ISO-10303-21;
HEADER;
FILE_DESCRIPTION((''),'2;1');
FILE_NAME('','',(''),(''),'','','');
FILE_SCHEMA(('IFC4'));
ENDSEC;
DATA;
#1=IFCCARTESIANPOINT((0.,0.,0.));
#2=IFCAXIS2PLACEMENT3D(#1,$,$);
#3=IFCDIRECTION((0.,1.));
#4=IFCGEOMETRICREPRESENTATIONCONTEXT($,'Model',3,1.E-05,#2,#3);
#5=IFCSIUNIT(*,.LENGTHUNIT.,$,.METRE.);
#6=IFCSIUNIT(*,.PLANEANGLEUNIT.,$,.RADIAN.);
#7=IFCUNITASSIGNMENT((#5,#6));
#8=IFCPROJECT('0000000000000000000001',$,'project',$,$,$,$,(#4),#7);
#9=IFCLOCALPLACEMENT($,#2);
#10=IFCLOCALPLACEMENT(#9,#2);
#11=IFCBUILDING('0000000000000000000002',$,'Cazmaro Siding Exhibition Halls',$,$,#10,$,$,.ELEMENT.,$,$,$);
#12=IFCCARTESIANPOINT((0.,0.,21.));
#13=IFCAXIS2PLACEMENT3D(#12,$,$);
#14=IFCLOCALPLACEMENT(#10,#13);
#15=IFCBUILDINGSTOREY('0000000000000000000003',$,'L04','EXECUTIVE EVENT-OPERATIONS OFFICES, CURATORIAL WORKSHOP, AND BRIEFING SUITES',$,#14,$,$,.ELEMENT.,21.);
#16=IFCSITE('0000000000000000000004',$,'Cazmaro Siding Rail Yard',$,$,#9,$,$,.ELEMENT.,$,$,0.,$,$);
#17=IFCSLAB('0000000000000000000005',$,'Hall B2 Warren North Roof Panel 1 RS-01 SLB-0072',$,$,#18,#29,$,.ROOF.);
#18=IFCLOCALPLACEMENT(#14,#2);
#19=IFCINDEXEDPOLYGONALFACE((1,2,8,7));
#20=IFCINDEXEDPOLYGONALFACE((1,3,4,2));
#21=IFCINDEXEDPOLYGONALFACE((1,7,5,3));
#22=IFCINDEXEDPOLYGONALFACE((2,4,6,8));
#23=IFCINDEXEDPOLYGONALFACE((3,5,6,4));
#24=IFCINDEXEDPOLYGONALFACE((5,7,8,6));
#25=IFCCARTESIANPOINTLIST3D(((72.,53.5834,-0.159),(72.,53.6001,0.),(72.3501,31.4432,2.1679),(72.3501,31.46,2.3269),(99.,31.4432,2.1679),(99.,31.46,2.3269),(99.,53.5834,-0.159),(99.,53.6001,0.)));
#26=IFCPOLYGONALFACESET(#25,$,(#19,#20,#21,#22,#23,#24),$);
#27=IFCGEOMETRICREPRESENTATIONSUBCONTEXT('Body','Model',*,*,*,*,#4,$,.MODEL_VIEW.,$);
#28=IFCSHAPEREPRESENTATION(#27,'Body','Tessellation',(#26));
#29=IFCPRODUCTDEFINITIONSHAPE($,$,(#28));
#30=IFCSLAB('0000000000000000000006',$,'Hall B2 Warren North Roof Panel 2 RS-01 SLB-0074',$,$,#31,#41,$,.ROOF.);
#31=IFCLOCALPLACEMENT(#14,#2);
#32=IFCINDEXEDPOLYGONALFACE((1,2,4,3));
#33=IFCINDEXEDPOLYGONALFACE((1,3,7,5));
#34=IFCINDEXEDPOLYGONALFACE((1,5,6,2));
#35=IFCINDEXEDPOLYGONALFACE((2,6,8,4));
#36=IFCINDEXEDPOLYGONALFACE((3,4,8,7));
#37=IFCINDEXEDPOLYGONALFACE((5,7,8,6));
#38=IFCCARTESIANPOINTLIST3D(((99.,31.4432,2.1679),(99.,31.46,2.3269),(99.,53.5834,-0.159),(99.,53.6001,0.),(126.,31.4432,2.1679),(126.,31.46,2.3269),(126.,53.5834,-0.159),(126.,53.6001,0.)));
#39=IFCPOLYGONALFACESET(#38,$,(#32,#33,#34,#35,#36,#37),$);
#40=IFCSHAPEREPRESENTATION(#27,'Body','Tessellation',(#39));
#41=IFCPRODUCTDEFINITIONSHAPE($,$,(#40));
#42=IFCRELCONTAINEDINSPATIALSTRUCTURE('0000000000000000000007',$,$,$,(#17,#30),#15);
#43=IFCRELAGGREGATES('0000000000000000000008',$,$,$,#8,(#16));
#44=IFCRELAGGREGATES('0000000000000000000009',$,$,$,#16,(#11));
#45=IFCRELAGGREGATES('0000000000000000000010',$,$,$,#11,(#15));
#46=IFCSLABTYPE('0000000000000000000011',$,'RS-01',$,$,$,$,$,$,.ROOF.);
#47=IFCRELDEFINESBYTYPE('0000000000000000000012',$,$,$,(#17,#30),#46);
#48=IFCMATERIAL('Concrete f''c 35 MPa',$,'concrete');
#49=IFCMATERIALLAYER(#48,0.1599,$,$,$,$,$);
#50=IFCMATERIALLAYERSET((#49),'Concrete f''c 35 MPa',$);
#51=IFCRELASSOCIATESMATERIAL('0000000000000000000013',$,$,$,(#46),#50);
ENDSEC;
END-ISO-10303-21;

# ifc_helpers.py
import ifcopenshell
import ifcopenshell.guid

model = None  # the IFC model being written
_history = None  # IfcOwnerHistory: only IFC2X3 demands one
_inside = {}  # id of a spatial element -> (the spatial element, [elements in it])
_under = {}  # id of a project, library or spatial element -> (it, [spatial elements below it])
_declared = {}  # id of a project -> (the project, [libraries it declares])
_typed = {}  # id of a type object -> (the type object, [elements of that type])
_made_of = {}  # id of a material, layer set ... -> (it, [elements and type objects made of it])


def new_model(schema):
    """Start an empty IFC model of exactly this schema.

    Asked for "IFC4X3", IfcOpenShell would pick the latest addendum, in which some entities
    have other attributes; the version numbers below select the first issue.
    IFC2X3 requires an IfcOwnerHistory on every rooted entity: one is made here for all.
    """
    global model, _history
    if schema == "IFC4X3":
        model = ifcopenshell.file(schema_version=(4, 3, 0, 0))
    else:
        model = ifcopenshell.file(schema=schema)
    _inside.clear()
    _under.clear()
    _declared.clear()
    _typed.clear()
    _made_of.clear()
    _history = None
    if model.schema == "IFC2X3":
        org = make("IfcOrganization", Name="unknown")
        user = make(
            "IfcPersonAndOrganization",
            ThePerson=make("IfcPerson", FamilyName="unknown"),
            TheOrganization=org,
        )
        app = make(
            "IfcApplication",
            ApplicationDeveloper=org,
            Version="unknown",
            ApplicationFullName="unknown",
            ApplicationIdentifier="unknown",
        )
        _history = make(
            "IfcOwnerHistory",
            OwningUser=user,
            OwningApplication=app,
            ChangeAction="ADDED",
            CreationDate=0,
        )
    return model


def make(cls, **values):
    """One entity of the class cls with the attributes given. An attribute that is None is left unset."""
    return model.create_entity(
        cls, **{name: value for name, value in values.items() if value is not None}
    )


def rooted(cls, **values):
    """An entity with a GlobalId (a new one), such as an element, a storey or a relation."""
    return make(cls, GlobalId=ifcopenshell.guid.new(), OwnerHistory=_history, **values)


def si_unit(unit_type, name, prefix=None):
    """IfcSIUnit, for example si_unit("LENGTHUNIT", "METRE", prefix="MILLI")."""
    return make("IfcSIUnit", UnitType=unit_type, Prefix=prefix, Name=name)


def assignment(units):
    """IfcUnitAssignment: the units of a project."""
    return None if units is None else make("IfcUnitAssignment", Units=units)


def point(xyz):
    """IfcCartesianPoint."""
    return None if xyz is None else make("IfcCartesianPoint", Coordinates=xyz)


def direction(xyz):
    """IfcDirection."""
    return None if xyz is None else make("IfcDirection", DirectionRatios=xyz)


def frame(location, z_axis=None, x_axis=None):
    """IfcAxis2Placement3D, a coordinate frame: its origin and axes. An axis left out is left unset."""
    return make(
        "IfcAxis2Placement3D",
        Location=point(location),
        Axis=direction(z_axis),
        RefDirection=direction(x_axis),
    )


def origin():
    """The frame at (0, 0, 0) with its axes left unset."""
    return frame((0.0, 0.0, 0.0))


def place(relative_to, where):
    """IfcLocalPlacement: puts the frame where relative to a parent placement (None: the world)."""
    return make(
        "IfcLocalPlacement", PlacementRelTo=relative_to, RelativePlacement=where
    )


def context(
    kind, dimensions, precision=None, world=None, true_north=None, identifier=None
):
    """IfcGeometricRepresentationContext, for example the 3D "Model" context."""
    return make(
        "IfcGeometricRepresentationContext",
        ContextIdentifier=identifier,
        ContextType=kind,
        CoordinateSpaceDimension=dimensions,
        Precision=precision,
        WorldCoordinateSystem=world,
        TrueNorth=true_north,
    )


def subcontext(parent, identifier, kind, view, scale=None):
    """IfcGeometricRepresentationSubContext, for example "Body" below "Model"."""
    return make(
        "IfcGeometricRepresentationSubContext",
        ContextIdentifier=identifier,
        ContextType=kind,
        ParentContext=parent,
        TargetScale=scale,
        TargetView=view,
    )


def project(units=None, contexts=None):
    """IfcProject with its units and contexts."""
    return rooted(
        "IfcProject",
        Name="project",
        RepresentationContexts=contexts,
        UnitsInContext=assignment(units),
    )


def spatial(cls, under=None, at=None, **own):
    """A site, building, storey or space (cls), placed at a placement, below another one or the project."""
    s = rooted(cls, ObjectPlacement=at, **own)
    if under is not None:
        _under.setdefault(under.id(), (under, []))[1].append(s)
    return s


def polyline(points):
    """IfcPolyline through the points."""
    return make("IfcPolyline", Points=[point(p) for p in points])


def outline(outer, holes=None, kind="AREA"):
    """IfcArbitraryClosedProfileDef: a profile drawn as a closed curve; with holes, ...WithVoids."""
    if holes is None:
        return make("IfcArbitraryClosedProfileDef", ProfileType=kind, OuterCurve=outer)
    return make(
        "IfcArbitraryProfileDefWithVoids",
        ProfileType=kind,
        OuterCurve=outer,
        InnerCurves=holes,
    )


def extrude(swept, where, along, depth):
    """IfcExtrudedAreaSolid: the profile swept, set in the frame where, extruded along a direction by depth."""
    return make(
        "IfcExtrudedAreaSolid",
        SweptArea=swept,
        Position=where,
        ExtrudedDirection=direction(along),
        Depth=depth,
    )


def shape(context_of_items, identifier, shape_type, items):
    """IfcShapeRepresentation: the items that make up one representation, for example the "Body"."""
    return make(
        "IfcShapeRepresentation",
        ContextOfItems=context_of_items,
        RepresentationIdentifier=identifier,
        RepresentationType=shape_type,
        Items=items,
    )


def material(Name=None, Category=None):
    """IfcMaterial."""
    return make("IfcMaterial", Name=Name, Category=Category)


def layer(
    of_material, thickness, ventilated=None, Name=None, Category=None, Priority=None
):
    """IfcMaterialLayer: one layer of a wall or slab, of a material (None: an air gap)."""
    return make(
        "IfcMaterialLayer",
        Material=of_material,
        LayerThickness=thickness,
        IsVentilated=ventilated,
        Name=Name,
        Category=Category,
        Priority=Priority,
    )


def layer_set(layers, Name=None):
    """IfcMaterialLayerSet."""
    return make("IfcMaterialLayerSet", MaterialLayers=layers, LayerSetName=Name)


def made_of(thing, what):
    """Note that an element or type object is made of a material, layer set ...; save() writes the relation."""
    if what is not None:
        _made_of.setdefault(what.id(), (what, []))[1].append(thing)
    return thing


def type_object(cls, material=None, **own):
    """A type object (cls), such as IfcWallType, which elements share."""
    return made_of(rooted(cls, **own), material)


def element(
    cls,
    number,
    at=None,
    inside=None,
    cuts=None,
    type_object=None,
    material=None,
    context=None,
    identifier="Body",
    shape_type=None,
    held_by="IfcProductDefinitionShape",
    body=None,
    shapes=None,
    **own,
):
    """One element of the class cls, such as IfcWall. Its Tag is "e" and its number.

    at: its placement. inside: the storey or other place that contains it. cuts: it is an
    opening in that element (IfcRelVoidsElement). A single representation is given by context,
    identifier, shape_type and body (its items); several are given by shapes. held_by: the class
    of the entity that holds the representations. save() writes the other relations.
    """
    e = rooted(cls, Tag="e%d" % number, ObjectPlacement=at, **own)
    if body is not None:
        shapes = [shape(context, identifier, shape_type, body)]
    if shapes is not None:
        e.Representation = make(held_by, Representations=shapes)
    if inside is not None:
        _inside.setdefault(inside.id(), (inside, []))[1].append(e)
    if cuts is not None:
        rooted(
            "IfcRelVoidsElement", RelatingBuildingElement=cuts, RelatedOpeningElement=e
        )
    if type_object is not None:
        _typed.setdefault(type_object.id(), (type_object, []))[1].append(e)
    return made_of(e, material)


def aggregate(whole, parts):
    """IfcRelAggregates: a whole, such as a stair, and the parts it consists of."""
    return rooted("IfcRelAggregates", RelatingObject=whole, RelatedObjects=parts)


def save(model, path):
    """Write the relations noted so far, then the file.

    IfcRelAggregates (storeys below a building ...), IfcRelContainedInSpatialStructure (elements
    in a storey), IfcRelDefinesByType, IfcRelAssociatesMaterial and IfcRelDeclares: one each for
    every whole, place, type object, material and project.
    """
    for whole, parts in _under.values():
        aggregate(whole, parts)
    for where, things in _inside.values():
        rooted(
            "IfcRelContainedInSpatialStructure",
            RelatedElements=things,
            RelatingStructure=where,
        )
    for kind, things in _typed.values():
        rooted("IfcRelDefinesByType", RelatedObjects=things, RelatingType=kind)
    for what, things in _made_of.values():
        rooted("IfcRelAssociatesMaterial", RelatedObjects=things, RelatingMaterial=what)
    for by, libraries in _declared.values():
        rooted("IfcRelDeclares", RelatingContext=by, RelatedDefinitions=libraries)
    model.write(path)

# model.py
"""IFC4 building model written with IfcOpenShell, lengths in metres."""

from ifc_helpers import new_model, si_unit, direction, frame, origin, place, context, subcontext, project, spatial, polyline, outline, extrude, material, layer, layer_set, type_object, element, save


model = new_model("IFC4")

# Units and contexts
model_context = context("Model", 3, precision=1e-05, world=origin(), true_north=direction((0.0, 1.0)))
body_context = subcontext(model_context, "Body", "Model", "MODEL_VIEW")
ifc_project = project(units=[si_unit("LENGTHUNIT", "METRE"), si_unit("PLANEANGLEUNIT", "RADIAN")], contexts=[model_context])

# Site, building, storey
site_placement = place(None, origin())
site = spatial("IfcSite", under=ifc_project, at=site_placement, Name="Cazmaro Siding Rail Yard", CompositionType="ELEMENT", RefElevation=0.0)
building_placement = place(site_placement, origin())
building = spatial("IfcBuilding", under=site, at=building_placement, Name="Cazmaro Siding Exhibition Halls", CompositionType="ELEMENT")
storey_placement = place(building_placement, frame((0.0, 0.0, 21.0)))
storey = spatial("IfcBuildingStorey", under=building, at=storey_placement, Name="L04", Description="EXECUTIVE EVENT-OPERATIONS OFFICES, CURATORIAL WORKSHOP, AND BRIEFING SUITES", CompositionType="ELEMENT", Elevation=21.0)

# Slabs
ifc_material_1 = material(Name="Concrete f'c 35 MPa", Category="concrete")
ifc_layer_1 = layer(ifc_material_1, 0.1599)
ifc_layer_set_1 = layer_set([ifc_layer_1], Name="Concrete f'c 35 MPa")
slab_type = type_object("IfcSlabType", Name="RS-01", PredefinedType="ROOF", material=ifc_layer_set_1)
slab_1_placement = place(storey_placement, frame((72.3501, 31.46, 2.3269), z_axis=(0.0, 0.104523, 0.994522), x_axis=(1.0, 0.0, 0.0)))
element("IfcSlab", 1, at=slab_1_placement, inside=storey, type_object=slab_type, Name="Hall B2 Warren North Roof Panel 1 RS-01 SLB-0072", PredefinedType="ROOF", context=body_context, shape_type="SweptSolid", body=[
    extrude(outline(polyline([(0.0, 0.0), (26.6499, 0.0), (26.6499, 22.2621), (-0.3501, 22.2621), (0.0, 0.0)])), origin(), (0.0, 0.0, -1.0), 0.1599),
])
slab_2_placement = place(storey_placement, frame((99.0, 31.46, 2.3269), z_axis=(0.0, 0.104523, 0.994522), x_axis=(1.0, 0.0, 0.0)))
element("IfcSlab", 2, at=slab_2_placement, inside=storey, type_object=slab_type, Name="Hall B2 Warren North Roof Panel 2 RS-01 SLB-0074", PredefinedType="ROOF", context=body_context, shape_type="SweptSolid", body=[
    extrude(outline(polyline([(0.0, 0.0), (27.0, 0.0), (27.0, 22.2621), (0.0, 22.2621), (0.0, 0.0)])), origin(), (0.0, 0.0, -1.0), 0.1599),
])

save(model, "model.ifc")
